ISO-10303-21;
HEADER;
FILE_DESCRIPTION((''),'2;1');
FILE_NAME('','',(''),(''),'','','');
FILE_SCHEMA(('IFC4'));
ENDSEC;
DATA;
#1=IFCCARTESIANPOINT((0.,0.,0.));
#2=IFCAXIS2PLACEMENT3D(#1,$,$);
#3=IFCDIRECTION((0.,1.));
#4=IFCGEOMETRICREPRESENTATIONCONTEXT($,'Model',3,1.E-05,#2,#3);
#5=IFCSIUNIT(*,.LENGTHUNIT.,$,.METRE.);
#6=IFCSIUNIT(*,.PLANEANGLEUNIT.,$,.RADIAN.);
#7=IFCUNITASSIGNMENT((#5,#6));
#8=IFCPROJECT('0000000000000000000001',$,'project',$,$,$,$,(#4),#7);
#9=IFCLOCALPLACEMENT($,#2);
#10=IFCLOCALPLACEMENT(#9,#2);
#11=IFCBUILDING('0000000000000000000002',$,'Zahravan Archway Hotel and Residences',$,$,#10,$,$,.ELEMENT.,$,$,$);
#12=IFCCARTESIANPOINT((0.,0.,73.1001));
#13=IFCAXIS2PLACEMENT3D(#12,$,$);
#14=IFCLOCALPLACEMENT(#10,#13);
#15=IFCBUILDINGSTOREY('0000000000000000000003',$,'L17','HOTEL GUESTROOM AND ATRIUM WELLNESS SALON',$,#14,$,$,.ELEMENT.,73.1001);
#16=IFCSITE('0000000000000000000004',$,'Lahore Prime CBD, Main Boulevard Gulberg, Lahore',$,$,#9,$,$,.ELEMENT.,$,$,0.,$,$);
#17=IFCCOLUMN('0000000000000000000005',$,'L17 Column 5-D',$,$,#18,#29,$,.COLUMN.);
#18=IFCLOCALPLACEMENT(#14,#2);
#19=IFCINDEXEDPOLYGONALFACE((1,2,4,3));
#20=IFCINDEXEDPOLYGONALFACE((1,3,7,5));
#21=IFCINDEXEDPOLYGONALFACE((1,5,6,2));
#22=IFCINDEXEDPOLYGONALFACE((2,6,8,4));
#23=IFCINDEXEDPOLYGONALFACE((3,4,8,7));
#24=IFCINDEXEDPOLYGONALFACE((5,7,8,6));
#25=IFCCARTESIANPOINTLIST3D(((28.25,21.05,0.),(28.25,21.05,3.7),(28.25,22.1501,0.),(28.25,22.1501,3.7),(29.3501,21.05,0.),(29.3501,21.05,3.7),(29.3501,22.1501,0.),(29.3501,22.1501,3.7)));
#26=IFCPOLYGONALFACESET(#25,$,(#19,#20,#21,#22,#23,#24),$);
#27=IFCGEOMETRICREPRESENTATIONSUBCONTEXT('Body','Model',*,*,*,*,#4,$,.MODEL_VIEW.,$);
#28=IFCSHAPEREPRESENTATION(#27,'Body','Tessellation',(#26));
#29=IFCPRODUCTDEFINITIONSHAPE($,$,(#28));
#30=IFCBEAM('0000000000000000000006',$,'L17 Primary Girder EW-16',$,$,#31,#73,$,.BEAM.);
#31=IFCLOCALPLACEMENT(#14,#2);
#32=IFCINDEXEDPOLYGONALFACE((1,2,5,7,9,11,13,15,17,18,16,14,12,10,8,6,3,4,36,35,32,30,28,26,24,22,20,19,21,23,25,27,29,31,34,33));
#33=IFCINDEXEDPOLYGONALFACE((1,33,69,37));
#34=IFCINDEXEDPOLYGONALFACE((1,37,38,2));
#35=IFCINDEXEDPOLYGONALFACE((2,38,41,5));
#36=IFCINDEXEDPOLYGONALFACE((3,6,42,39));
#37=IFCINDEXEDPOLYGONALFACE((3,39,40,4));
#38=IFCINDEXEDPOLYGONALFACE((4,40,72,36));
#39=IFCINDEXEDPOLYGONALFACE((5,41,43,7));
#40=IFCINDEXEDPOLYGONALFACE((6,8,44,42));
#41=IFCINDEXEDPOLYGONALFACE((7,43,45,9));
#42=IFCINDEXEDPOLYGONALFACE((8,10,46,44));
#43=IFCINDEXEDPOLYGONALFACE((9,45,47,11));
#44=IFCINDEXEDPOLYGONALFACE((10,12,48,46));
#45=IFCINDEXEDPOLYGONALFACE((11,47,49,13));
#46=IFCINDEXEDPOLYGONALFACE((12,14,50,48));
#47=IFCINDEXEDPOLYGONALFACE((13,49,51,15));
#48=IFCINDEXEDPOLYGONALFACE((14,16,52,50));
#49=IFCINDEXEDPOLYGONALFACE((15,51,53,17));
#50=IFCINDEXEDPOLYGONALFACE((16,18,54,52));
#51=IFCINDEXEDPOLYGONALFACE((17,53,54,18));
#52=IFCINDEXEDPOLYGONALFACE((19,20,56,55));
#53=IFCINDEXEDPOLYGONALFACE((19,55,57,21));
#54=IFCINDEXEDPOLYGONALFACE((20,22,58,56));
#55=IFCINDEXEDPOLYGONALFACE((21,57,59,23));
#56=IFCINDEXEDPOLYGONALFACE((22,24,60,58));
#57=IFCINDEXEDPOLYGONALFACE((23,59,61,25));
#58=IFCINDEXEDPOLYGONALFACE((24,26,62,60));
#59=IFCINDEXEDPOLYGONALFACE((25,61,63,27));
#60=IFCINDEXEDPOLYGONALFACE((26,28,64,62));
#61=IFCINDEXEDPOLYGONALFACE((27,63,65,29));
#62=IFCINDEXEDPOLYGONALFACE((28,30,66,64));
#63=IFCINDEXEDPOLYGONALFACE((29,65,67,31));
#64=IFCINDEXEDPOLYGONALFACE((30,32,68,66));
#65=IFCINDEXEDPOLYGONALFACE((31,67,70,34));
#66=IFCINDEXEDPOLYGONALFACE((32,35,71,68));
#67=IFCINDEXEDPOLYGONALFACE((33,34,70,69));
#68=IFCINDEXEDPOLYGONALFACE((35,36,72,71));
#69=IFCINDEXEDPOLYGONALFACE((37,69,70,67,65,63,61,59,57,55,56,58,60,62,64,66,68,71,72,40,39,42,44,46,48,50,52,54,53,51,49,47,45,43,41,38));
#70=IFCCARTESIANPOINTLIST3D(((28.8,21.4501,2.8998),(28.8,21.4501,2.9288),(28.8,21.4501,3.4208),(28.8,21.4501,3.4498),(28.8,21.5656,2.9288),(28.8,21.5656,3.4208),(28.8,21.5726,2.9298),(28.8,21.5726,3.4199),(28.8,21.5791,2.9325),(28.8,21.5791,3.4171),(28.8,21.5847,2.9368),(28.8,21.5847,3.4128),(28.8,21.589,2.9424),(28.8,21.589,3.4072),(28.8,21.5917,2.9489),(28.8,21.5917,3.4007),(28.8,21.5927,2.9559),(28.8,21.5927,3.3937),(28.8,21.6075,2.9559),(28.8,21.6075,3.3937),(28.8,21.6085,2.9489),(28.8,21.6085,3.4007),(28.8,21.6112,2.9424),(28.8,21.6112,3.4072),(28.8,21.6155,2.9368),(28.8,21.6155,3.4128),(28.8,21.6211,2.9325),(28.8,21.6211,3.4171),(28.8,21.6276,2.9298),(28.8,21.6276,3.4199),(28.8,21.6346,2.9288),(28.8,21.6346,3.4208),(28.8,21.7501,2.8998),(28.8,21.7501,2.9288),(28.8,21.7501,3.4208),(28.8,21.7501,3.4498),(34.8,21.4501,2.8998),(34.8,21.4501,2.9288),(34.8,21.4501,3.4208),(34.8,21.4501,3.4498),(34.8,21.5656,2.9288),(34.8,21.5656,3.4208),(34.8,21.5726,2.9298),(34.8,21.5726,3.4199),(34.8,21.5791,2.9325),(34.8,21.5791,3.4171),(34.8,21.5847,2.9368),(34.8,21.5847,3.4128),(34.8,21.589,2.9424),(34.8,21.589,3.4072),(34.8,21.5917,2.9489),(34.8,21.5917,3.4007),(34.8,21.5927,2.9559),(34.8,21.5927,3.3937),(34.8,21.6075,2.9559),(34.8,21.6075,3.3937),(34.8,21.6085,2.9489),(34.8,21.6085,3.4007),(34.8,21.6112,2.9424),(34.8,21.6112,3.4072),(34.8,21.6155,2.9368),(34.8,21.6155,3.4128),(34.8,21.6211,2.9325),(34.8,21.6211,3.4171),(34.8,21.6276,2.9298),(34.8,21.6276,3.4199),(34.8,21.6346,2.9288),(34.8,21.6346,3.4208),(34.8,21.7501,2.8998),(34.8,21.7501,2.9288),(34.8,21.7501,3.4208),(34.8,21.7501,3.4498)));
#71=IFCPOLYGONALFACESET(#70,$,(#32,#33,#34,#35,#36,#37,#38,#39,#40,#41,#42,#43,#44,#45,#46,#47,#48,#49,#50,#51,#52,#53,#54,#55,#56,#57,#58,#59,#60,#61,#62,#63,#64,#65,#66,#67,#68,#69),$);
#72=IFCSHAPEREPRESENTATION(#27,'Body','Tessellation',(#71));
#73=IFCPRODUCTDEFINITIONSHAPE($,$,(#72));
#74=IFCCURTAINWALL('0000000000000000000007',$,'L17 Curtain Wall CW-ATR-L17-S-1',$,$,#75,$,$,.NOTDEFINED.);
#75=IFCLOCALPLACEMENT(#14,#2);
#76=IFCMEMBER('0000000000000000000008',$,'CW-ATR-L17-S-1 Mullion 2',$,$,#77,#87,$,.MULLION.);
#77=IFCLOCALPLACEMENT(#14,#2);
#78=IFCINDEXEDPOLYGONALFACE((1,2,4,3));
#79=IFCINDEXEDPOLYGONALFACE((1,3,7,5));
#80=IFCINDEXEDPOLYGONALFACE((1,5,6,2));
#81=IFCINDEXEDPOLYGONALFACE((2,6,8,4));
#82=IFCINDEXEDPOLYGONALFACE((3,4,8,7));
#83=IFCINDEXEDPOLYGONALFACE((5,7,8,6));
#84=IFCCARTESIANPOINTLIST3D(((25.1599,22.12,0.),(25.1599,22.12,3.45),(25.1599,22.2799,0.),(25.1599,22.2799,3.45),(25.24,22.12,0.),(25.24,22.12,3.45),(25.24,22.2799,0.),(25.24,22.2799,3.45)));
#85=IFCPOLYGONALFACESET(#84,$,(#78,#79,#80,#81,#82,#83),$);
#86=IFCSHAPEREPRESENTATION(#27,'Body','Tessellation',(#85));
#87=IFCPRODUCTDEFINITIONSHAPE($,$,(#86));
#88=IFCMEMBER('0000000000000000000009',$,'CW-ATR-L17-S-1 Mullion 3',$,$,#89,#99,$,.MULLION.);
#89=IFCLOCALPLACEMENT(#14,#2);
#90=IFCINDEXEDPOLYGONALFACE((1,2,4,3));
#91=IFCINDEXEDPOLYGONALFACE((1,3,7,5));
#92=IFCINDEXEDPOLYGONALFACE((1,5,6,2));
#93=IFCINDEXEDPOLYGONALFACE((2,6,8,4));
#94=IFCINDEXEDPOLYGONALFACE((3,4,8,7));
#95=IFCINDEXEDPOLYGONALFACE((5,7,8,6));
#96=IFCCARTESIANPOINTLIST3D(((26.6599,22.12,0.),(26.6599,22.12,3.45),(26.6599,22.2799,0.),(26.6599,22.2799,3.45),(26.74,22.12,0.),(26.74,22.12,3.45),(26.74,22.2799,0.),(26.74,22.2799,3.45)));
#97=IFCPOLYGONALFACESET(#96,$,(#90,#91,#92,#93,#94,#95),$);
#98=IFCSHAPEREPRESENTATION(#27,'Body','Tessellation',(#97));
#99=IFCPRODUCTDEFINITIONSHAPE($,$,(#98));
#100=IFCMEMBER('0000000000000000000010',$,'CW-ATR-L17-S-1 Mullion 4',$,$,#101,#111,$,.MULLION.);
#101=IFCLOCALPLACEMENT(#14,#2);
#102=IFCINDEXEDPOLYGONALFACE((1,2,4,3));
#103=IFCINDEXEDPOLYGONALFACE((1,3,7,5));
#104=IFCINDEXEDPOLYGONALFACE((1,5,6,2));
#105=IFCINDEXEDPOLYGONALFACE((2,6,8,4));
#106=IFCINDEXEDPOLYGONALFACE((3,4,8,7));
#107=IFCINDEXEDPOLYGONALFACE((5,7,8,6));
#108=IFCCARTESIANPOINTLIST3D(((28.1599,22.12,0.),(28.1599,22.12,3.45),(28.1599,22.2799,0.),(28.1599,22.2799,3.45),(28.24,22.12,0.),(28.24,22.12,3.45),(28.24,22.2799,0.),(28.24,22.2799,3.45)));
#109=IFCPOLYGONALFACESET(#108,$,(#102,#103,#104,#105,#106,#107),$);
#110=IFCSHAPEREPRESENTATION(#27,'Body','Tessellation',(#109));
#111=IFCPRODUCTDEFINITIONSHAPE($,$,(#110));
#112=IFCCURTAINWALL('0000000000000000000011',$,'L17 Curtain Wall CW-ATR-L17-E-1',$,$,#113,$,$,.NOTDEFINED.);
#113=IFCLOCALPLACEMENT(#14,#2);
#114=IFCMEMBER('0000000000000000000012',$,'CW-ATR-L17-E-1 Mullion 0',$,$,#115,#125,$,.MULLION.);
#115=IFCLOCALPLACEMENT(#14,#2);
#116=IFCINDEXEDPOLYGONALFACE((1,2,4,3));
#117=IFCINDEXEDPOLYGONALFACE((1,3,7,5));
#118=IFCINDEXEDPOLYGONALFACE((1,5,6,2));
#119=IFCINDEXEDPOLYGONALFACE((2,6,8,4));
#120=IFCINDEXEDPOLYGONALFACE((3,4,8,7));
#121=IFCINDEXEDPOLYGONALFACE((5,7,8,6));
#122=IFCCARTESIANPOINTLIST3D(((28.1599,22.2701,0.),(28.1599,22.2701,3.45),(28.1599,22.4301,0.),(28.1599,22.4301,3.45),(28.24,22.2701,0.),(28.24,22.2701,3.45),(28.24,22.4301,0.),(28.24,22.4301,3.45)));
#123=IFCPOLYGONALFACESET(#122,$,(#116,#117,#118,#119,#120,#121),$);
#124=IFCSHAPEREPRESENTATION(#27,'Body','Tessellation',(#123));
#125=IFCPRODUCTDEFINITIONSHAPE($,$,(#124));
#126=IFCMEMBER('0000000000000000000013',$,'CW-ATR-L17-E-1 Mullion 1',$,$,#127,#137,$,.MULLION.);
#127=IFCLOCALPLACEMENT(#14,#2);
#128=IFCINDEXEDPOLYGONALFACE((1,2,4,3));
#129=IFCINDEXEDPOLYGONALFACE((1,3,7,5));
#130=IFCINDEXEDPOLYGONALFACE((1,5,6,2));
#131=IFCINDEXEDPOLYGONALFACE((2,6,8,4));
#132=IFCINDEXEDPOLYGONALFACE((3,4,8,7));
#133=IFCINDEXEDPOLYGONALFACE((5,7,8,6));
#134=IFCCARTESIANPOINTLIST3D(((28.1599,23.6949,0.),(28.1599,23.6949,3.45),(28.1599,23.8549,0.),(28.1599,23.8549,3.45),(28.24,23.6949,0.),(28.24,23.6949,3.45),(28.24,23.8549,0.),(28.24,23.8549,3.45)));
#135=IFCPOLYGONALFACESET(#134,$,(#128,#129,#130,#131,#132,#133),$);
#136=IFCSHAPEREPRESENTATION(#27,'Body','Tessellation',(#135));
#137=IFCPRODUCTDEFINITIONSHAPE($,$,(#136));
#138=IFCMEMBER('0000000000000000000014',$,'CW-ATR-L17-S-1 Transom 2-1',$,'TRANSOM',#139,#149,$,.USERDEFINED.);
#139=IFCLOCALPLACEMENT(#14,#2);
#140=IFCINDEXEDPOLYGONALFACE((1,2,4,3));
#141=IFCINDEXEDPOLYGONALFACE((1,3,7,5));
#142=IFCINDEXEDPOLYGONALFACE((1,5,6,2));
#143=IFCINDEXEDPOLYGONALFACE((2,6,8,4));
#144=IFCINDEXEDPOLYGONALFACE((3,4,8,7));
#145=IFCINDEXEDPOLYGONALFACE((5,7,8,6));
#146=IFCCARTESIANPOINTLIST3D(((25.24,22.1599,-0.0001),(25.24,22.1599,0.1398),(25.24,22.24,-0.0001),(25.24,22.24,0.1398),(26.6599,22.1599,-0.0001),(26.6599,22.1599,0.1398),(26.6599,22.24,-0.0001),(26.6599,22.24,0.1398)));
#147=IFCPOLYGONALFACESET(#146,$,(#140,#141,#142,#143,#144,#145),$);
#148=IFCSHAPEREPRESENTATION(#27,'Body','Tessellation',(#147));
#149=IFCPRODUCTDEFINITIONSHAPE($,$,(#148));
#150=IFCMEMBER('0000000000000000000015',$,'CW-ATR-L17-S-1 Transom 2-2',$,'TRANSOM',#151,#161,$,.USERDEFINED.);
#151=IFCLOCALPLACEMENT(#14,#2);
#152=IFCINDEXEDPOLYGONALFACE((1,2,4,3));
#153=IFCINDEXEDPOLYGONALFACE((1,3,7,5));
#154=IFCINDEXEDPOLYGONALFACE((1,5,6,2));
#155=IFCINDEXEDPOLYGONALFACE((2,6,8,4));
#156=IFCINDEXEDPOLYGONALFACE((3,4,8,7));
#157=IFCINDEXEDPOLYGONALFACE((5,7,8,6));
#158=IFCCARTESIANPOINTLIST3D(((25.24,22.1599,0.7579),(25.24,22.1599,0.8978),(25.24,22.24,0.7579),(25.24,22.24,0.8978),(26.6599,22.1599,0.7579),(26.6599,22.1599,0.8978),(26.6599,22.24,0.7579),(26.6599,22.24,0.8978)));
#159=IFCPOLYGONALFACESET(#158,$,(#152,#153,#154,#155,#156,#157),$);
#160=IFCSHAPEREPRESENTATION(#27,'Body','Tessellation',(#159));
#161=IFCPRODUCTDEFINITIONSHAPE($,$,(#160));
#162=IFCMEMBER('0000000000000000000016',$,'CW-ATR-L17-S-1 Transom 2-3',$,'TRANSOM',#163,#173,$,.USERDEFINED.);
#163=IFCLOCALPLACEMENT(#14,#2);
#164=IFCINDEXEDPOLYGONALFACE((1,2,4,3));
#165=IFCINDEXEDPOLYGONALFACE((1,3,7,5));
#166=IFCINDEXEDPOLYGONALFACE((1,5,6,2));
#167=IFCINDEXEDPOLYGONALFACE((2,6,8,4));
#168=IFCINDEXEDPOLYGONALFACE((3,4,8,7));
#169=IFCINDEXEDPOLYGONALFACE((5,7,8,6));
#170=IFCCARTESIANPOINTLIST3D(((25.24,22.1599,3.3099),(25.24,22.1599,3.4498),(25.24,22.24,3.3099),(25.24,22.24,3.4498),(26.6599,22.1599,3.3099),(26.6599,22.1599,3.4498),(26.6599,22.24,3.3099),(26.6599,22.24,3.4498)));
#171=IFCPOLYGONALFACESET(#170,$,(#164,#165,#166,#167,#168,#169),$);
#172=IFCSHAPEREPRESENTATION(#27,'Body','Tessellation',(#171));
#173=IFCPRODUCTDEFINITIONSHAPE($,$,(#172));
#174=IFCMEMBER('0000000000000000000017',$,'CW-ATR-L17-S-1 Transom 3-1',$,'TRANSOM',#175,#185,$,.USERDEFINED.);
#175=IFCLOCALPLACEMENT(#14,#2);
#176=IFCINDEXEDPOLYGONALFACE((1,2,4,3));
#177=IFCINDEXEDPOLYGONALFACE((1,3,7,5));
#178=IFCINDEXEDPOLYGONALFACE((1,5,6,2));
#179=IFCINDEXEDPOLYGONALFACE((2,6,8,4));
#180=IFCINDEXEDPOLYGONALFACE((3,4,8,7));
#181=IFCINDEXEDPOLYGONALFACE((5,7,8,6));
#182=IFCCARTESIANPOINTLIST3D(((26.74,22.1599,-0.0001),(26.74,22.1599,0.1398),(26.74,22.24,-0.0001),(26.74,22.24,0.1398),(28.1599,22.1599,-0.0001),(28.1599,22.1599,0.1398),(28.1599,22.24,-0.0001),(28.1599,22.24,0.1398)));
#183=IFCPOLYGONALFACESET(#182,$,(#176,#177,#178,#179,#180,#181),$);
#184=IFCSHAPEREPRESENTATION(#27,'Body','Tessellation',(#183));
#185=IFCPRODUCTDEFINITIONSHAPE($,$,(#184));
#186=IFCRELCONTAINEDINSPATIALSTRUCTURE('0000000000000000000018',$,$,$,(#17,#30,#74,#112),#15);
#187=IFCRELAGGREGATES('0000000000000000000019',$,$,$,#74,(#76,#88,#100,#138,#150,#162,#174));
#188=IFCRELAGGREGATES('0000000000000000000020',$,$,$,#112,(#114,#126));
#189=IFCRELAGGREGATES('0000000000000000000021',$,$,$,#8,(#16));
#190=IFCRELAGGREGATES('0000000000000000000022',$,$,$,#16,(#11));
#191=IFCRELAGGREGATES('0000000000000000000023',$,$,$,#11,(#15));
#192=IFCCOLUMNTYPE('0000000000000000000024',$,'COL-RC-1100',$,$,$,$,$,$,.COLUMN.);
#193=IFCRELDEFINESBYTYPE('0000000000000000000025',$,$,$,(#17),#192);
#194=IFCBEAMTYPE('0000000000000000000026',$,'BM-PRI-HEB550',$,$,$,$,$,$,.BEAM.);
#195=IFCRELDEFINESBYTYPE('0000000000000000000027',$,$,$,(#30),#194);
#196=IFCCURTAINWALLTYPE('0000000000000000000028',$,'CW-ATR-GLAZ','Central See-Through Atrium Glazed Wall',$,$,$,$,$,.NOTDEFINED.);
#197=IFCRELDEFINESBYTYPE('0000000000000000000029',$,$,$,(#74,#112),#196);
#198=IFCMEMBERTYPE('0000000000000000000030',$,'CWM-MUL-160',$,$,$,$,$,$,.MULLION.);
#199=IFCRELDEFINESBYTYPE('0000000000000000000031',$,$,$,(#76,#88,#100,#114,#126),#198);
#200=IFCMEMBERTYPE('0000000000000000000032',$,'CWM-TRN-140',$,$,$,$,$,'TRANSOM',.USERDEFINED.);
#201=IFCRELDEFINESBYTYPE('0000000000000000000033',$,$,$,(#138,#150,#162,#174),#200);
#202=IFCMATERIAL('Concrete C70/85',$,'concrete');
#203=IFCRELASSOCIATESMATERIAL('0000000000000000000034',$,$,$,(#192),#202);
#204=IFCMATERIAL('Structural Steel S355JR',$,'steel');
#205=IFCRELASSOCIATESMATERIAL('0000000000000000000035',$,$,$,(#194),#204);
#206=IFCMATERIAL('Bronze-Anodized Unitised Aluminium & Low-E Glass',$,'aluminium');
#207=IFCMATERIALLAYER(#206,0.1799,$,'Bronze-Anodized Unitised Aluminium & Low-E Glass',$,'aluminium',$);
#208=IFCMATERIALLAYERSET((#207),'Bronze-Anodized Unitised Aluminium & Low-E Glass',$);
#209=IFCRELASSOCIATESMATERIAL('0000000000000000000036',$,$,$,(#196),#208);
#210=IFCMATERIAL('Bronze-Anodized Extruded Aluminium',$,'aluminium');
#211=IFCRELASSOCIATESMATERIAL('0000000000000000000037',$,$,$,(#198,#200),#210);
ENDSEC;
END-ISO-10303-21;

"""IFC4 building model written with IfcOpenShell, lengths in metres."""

from ifc_helpers import new_model, si_unit, direction, frame, origin, origin_2d, place, context, subcontext, project, spatial, rectangle, i_section, extrude, source, transform, mapped, material, layer, layer_set, material_profile, profile_set, type_object, element, aggregate, save


model = new_model("IFC4")

# Units and contexts
model_context = context("Model", 3, precision=1e-05, world=origin(), true_north=direction((0.0, 1.0)))
body_context = subcontext(model_context, "Body", "Model", "MODEL_VIEW")
ifc_project = project(units=[si_unit("LENGTHUNIT", "METRE"), si_unit("PLANEANGLEUNIT", "RADIAN")], contexts=[model_context])

# Site, building, storey
site_placement = place(None, origin())
site = spatial("IfcSite", under=ifc_project, at=site_placement, Name="Lahore Prime CBD, Main Boulevard Gulberg, Lahore", CompositionType="ELEMENT", RefElevation=0.0)
building_placement = place(site_placement, origin())
building = spatial("IfcBuilding", under=site, at=building_placement, Name="Zahravan Archway Hotel and Residences", CompositionType="ELEMENT")
storey_placement = place(building_placement, frame((0.0, 0.0, 73.1001)))
storey = spatial("IfcBuildingStorey", under=building, at=storey_placement, Name="L17", Description="HOTEL GUESTROOM AND ATRIUM WELLNESS SALON", CompositionType="ELEMENT", Elevation=73.1001)

# Column
ifc_material_1 = material(Name="Concrete C70/85", Category="concrete")
ifc_material_profile_1 = material_profile(ifc_material_1, rectangle(XDim=1.1001, YDim=1.1001, at=origin_2d()), Name="RC 1100x1100", Category="concrete")
ifc_profile_set_1 = profile_set([ifc_material_profile_1], Name="Concrete C70/85")
column_type = type_object("IfcColumnType", Name="COL-RC-1100", PredefinedType="COLUMN", material=ifc_profile_set_1)
shared_shape_1 = source(origin(), body_context, "Body", "SweptSolid", [
    extrude(rectangle(XDim=1.1001, YDim=1.1001, at=origin_2d()), origin(), (0.0, 0.0, 1.0), 3.7),
])
column_placement = place(storey_placement, frame((28.8, 21.6001, 0.0), z_axis=(0.0, 0.0, 1.0), x_axis=(1.0, 0.0, 0.0)))
element("IfcColumn", 1, at=column_placement, inside=storey, type_object=column_type, Name="L17 Column 5-D", PredefinedType="COLUMN", context=body_context, shape_type="MappedRepresentation", body=[
    mapped(shared_shape_1, transform((0.0, 0.0, 0.0), scale=1.0)),
])

# Beam
ifc_material_2 = material(Name="Structural Steel S355JR", Category="steel")
ifc_material_profile_2 = material_profile(ifc_material_2, i_section(OverallWidth=0.3, OverallDepth=0.55, WebThickness=0.0149, FlangeThickness=0.0291, FilletRadius=0.0271, at=origin_2d()), Name="HEB 550", Category="steel")
ifc_profile_set_2 = profile_set([ifc_material_profile_2], Name="Structural Steel S355JR")
beam_type = type_object("IfcBeamType", Name="BM-PRI-HEB550", PredefinedType="BEAM", material=ifc_profile_set_2)
shared_shape_2 = source(origin(), body_context, "Body", "SweptSolid", [
    extrude(i_section(OverallWidth=0.3, OverallDepth=0.55, WebThickness=0.0149, FlangeThickness=0.0291, FilletRadius=0.0271, at=origin_2d()), origin(), (0.0, 0.0, 1.0), 6.0),
])
beam_placement = place(storey_placement, frame((28.8, 21.6001, 3.1748), z_axis=(1.0, 0.0, 0.0), x_axis=(0.0, 1.0, 0.0)))
element("IfcBeam", 2, at=beam_placement, inside=storey, type_object=beam_type, Name="L17 Primary Girder EW-16", PredefinedType="BEAM", context=body_context, shape_type="MappedRepresentation", body=[
    mapped(shared_shape_2, transform((0.0, 0.0, 0.0), scale=1.0)),
])

# Curtain walls, members
ifc_material_3 = material(Name="Bronze-Anodized Unitised Aluminium & Low-E Glass", Category="aluminium")
ifc_layer_1 = layer(ifc_material_3, 0.1799, Name="Bronze-Anodized Unitised Aluminium & Low-E Glass", Category="aluminium")
ifc_layer_set_1 = layer_set([ifc_layer_1], Name="Bronze-Anodized Unitised Aluminium & Low-E Glass")
curtain_wall_type = type_object("IfcCurtainWallType", Name="CW-ATR-GLAZ", Description="Central See-Through Atrium Glazed Wall", PredefinedType="NOTDEFINED", material=ifc_layer_set_1)
curtain_wall_1_placement = place(storey_placement, origin())
curtain_wall_1 = element("IfcCurtainWall", 3, at=curtain_wall_1_placement, inside=storey, type_object=curtain_wall_type, Name="L17 Curtain Wall CW-ATR-L17-S-1", PredefinedType="NOTDEFINED")
ifc_material_4 = material(Name="Bronze-Anodized Extruded Aluminium", Category="aluminium")
ifc_material_profile_3 = material_profile(ifc_material_4, rectangle(XDim=0.0801, YDim=0.1599, at=origin_2d()), Name="MUL 80x160", Category="aluminium")
ifc_profile_set_3 = profile_set([ifc_material_profile_3], Name="Bronze-Anodized Extruded Aluminium")
member_type_1 = type_object("IfcMemberType", Name="CWM-MUL-160", PredefinedType="MULLION", material=ifc_profile_set_3)
shared_shape_3 = source(origin(), body_context, "Body", "SweptSolid", [
    extrude(rectangle(XDim=0.0801, YDim=0.1599, at=origin_2d()), origin(), (0.0, 0.0, 1.0), 3.45),
])
member_1_placement = place(storey_placement, frame((25.2, 22.2, 0.0), z_axis=(0.0, 0.0, 1.0), x_axis=(1.0, 0.0, 0.0)))
member_1 = element("IfcMember", 4, at=member_1_placement, type_object=member_type_1, Name="CW-ATR-L17-S-1 Mullion 2", PredefinedType="MULLION", context=body_context, shape_type="MappedRepresentation", body=[
    mapped(shared_shape_3, transform((0.0, 0.0, 0.0), scale=1.0)),
])
member_2_placement = place(storey_placement, frame((26.7, 22.2, 0.0), z_axis=(0.0, 0.0, 1.0), x_axis=(1.0, 0.0, 0.0)))
member_2 = element("IfcMember", 5, at=member_2_placement, type_object=member_type_1, Name="CW-ATR-L17-S-1 Mullion 3", PredefinedType="MULLION", context=body_context, shape_type="MappedRepresentation", body=[
    mapped(shared_shape_3, transform((0.0, 0.0, 0.0), scale=1.0)),
])
member_3_placement = place(storey_placement, frame((28.2, 22.2, 0.0), z_axis=(0.0, 0.0, 1.0), x_axis=(1.0, 0.0, 0.0)))
member_3 = element("IfcMember", 6, at=member_3_placement, type_object=member_type_1, Name="CW-ATR-L17-S-1 Mullion 4", PredefinedType="MULLION", context=body_context, shape_type="MappedRepresentation", body=[
    mapped(shared_shape_3, transform((0.0, 0.0, 0.0), scale=1.0)),
])
curtain_wall_2_placement = place(storey_placement, origin())
curtain_wall_2 = element("IfcCurtainWall", 7, at=curtain_wall_2_placement, inside=storey, type_object=curtain_wall_type, Name="L17 Curtain Wall CW-ATR-L17-E-1", PredefinedType="NOTDEFINED")
member_4_placement = place(storey_placement, frame((28.2, 22.3501, 0.0), z_axis=(0.0, 0.0, 1.0), x_axis=(1.0, 0.0, 0.0)))
member_4 = element("IfcMember", 8, at=member_4_placement, type_object=member_type_1, Name="CW-ATR-L17-E-1 Mullion 0", PredefinedType="MULLION", context=body_context, shape_type="MappedRepresentation", body=[
    mapped(shared_shape_3, transform((0.0, 0.0, 0.0), scale=1.0)),
])
member_5_placement = place(storey_placement, frame((28.2, 23.7749, 0.0), z_axis=(0.0, 0.0, 1.0), x_axis=(1.0, 0.0, 0.0)))
member_5 = element("IfcMember", 9, at=member_5_placement, type_object=member_type_1, Name="CW-ATR-L17-E-1 Mullion 1", PredefinedType="MULLION", context=body_context, shape_type="MappedRepresentation", body=[
    mapped(shared_shape_3, transform((0.0, 0.0, 0.0), scale=1.0)),
])

# Members
ifc_material_profile_4 = material_profile(ifc_material_4, rectangle(XDim=0.0801, YDim=0.1399, at=origin_2d()), Name="TRN 80x140", Category="aluminium")
ifc_profile_set_4 = profile_set([ifc_material_profile_4], Name="Bronze-Anodized Extruded Aluminium")
member_type_2 = type_object("IfcMemberType", Name="CWM-TRN-140", ElementType="TRANSOM", PredefinedType="USERDEFINED", material=ifc_profile_set_4)
shared_shape_4 = source(origin(), body_context, "Body", "SweptSolid", [
    extrude(rectangle(XDim=0.0801, YDim=0.1399, at=origin_2d()), origin(), (0.0, 0.0, 1.0), 1.4199),
])
member_6_placement = place(storey_placement, frame((25.24, 22.2, 0.0698), z_axis=(1.0, 0.0, 0.0), x_axis=(0.0, 1.0, 0.0)))
member_6 = element("IfcMember", 10, at=member_6_placement, type_object=member_type_2, Name="CW-ATR-L17-S-1 Transom 2-1", ObjectType="TRANSOM", PredefinedType="USERDEFINED", context=body_context, shape_type="MappedRepresentation", body=[
    mapped(shared_shape_4, transform((0.0, 0.0, 0.0), scale=1.0)),
])
member_7_placement = place(storey_placement, frame((25.24, 22.2, 0.8279), z_axis=(1.0, 0.0, 0.0), x_axis=(0.0, 1.0, 0.0)))
member_7 = element("IfcMember", 11, at=member_7_placement, type_object=member_type_2, Name="CW-ATR-L17-S-1 Transom 2-2", ObjectType="TRANSOM", PredefinedType="USERDEFINED", context=body_context, shape_type="MappedRepresentation", body=[
    mapped(shared_shape_4, transform((0.0, 0.0, 0.0), scale=1.0)),
])
member_8_placement = place(storey_placement, frame((25.24, 22.2, 3.3799), z_axis=(1.0, 0.0, 0.0), x_axis=(0.0, 1.0, 0.0)))
member_8 = element("IfcMember", 12, at=member_8_placement, type_object=member_type_2, Name="CW-ATR-L17-S-1 Transom 2-3", ObjectType="TRANSOM", PredefinedType="USERDEFINED", context=body_context, shape_type="MappedRepresentation", body=[
    mapped(shared_shape_4, transform((0.0, 0.0, 0.0), scale=1.0)),
])
member_9_placement = place(storey_placement, frame((26.74, 22.2, 0.0698), z_axis=(1.0, 0.0, 0.0), x_axis=(0.0, 1.0, 0.0)))
member_9 = element("IfcMember", 13, at=member_9_placement, type_object=member_type_2, Name="CW-ATR-L17-S-1 Transom 3-1", ObjectType="TRANSOM", PredefinedType="USERDEFINED", context=body_context, shape_type="MappedRepresentation", body=[
    mapped(shared_shape_4, transform((0.0, 0.0, 0.0), scale=1.0)),
])

aggregate(curtain_wall_1, [member_1, member_2, member_3, member_6, member_7, member_8, member_9])
aggregate(curtain_wall_2, [member_4, member_5])

save(model, "model.ifc")
